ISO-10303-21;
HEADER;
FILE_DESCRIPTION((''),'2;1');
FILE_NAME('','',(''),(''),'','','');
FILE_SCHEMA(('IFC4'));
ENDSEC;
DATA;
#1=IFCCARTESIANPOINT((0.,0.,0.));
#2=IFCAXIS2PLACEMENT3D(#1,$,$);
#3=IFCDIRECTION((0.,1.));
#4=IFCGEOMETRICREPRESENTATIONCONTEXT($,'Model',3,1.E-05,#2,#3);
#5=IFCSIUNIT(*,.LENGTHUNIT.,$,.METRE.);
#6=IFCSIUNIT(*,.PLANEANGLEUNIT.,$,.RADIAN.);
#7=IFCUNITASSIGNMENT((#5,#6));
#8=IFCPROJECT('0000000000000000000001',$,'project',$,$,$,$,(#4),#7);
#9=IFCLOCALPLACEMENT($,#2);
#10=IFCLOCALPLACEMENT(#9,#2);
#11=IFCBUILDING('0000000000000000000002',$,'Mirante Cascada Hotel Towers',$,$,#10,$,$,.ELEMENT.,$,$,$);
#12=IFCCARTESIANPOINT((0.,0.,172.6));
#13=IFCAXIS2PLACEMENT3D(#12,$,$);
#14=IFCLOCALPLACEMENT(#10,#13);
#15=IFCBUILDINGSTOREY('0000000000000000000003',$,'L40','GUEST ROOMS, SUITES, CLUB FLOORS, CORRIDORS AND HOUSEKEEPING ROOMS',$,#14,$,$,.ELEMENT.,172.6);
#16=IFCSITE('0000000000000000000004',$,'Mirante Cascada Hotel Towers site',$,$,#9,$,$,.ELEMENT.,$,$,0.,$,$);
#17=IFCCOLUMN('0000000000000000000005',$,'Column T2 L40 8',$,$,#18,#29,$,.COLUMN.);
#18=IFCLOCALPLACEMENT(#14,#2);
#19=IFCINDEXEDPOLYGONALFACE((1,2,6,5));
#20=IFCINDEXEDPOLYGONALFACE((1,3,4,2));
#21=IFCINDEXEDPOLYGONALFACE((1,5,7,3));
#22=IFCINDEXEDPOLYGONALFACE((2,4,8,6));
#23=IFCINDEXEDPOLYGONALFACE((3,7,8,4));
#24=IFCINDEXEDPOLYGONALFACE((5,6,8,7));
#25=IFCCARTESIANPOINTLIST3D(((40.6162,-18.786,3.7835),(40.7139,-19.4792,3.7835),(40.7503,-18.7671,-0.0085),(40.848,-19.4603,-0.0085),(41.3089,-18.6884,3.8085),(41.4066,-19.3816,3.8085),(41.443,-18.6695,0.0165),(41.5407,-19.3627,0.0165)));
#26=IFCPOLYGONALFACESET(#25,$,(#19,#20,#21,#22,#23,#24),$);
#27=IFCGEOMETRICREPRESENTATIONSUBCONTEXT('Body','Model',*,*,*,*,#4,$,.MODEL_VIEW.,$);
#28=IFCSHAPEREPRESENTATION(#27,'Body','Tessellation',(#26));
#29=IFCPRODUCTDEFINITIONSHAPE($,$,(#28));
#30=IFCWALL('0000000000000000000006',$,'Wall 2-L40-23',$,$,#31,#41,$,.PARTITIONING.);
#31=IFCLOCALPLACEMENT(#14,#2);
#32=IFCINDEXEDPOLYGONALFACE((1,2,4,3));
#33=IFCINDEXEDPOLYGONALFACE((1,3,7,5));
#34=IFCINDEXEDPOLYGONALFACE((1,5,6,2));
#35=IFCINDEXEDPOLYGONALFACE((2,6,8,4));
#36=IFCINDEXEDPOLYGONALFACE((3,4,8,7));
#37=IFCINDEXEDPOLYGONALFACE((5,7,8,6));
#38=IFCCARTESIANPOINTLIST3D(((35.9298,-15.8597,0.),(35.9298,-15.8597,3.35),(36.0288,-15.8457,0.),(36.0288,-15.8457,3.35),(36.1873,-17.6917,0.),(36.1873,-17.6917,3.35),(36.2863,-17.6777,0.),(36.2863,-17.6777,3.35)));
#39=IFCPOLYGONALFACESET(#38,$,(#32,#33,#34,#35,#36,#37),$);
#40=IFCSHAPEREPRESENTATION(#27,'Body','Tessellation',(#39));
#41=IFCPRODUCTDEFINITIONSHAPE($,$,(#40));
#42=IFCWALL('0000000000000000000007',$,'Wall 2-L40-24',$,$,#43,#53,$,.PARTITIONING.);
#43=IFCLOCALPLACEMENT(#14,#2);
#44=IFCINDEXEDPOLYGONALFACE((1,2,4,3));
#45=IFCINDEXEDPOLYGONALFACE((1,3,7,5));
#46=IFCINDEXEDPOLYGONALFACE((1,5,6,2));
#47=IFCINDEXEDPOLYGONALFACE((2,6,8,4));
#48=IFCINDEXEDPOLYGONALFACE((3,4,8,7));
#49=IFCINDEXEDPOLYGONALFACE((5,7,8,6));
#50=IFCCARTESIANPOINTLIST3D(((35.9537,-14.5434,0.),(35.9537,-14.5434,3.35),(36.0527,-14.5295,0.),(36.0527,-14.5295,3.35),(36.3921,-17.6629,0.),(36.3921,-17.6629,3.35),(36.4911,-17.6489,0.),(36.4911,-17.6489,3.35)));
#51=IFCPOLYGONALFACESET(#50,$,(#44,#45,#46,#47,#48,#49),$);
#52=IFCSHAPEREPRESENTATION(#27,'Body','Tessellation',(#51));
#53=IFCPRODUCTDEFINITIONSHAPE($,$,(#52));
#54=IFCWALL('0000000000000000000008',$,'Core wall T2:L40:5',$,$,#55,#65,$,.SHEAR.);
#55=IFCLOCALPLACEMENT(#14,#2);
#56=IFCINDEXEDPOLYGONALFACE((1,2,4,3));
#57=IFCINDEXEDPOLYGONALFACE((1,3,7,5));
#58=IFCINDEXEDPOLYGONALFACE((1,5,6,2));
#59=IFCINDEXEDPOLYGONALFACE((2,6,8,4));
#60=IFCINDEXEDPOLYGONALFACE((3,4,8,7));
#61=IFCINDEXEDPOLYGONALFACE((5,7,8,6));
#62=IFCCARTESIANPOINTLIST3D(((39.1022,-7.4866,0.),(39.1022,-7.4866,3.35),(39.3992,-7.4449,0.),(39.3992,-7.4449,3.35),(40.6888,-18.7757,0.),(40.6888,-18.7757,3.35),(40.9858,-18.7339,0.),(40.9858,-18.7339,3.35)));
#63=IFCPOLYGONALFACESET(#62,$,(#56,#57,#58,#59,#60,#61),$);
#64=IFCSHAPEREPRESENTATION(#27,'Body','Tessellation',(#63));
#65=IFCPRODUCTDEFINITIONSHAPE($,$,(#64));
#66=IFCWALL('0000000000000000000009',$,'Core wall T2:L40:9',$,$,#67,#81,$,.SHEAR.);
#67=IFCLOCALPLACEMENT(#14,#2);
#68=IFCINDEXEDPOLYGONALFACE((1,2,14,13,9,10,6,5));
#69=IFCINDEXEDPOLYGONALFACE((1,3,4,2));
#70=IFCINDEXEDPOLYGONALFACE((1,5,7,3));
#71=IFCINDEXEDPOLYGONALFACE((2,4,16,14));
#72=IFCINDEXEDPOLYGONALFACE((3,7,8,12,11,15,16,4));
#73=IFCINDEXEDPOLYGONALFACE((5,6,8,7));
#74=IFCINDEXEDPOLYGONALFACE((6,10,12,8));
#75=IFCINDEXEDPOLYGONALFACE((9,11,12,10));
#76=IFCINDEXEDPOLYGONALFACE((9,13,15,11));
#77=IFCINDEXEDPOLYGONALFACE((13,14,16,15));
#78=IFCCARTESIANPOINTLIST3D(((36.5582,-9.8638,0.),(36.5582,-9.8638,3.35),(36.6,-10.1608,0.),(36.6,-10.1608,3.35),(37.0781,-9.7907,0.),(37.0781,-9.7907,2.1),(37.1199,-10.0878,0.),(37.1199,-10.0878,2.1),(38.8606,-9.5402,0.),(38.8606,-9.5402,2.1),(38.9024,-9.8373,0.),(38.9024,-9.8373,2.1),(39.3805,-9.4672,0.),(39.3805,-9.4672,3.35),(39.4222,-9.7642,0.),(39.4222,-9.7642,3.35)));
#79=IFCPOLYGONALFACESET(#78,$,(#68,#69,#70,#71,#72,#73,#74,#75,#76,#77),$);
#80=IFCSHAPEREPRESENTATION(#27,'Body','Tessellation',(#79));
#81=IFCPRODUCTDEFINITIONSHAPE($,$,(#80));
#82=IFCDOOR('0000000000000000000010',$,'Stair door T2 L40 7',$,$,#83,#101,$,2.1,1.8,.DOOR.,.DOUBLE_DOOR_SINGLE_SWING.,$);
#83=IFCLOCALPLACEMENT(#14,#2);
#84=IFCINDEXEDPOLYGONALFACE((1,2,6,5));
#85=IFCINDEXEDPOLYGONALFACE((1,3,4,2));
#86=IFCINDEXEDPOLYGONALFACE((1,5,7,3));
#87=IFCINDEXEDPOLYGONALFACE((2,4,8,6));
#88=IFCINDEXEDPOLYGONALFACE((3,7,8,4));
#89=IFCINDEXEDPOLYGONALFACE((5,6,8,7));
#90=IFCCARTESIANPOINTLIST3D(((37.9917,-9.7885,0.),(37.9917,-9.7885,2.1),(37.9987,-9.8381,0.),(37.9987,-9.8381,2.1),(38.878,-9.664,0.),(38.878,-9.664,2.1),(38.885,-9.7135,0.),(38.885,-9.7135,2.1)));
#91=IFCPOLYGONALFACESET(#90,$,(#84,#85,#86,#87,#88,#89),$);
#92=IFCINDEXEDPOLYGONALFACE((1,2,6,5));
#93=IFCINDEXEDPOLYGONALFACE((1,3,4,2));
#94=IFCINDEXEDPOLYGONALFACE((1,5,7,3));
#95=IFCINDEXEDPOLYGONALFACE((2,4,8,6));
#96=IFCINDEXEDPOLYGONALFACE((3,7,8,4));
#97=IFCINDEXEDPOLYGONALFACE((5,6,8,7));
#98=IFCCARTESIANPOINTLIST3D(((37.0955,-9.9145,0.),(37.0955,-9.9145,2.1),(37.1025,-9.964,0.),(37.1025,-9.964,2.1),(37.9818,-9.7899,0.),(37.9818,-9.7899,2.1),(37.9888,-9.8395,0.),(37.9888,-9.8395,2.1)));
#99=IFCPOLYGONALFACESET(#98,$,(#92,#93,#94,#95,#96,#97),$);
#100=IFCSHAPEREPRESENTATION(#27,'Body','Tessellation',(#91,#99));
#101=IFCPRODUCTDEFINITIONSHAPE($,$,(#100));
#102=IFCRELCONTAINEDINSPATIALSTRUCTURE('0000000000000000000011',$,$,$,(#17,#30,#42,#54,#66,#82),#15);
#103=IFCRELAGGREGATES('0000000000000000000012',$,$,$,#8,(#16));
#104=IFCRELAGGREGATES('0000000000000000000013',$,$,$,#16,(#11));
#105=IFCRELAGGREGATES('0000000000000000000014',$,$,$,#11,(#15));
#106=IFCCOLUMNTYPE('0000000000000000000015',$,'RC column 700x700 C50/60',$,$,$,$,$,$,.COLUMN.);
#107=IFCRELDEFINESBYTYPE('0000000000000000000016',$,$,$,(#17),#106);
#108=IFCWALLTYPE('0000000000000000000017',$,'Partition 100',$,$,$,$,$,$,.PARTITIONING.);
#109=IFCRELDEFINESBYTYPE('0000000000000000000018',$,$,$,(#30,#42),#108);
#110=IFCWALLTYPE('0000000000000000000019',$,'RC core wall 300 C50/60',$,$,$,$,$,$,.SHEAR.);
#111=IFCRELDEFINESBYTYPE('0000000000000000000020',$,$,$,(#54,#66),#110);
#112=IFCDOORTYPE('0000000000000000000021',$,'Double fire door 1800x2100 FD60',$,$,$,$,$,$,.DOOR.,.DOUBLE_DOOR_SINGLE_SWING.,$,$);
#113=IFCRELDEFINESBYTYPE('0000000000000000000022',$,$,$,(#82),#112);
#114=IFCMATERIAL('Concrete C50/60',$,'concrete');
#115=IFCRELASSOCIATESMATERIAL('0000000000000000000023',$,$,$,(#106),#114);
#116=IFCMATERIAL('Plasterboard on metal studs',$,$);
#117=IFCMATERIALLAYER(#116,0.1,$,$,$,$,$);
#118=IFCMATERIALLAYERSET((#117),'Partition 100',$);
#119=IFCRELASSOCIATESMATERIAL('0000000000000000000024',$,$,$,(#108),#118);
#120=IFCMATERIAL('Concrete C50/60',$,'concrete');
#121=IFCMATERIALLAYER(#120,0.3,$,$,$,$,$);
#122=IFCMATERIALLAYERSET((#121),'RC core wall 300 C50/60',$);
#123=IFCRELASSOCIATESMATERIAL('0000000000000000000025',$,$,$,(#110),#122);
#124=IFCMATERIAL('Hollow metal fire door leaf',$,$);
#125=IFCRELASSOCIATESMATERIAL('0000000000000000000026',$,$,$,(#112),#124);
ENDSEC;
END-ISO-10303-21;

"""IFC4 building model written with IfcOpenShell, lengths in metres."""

from ifc_helpers import new_model, si_unit, direction, frame, frame_2d, origin, origin_2d, place, context, subcontext, project, spatial, rectangle, extrude, material, layer, layer_set, material_profile, profile_set, type_object, element, fill, save


model = new_model("IFC4")

# Units and contexts
model_context = context("Model", 3, precision=1e-05, world=origin(), true_north=direction((0.0, 1.0)))
body_context = subcontext(model_context, "Body", "Model", "MODEL_VIEW")
ifc_project = project(units=[si_unit("LENGTHUNIT", "METRE"), si_unit("PLANEANGLEUNIT", "RADIAN")], contexts=[model_context])

# Site, building, storey
site_placement = place(None, origin())
site = spatial("IfcSite", under=ifc_project, at=site_placement, Name="Mirante Cascada Hotel Towers site", CompositionType="ELEMENT", RefElevation=0.0)
building_placement = place(site_placement, origin())
building = spatial("IfcBuilding", under=site, at=building_placement, Name="Mirante Cascada Hotel Towers", CompositionType="ELEMENT")
storey_placement = place(building_placement, frame((0.0, 0.0, 172.6)))
storey = spatial("IfcBuildingStorey", under=building, at=storey_placement, Name="L40", Description="GUEST ROOMS, SUITES, CLUB FLOORS, CORRIDORS AND HOUSEKEEPING ROOMS", CompositionType="ELEMENT", Elevation=172.6)

# Column
ifc_material_1 = material(Name="Concrete C50/60", Category="concrete")
ifc_material_profile = material_profile(ifc_material_1, rectangle(XDim=0.7, YDim=0.7, at=origin_2d()), Name="RC column 700x700 C50/60")
ifc_profile_set = profile_set([ifc_material_profile], Name="Concrete C50/60")
column_type = type_object("IfcColumnType", Name="RC column 700x700 C50/60", PredefinedType="COLUMN", material=ifc_profile_set)
column_placement = place(storey_placement, frame((41.1455, -19.0649, 0.004), z_axis=(-0.035341, -0.004981, 0.999363), x_axis=(0.13956, -0.990214, 0.0)))
element("IfcColumn", 1, at=column_placement, inside=storey, type_object=column_type, Name="Column T2 L40 8", PredefinedType="COLUMN", context=body_context, shape_type="SweptSolid", body=[
    extrude(rectangle(XDim=0.7, YDim=0.7, at=origin_2d()), origin(), (0.0, 0.0, 1.0), 3.7944),
])

# Walls
ifc_material_2 = material(Name="Plasterboard on metal studs")
ifc_layer_1 = layer(ifc_material_2, 0.1)
ifc_layer_set_1 = layer_set([ifc_layer_1], Name="Partition 100")
wall_type_1 = type_object("IfcWallType", Name="Partition 100", PredefinedType="PARTITIONING", material=ifc_layer_set_1)
wall_1_placement = place(storey_placement, frame((36.2368, -17.6847, 0.0), z_axis=(0.0, 0.0, 1.0), x_axis=(-0.139189, 0.990266, 0.0)))
element("IfcWall", 2, at=wall_1_placement, inside=storey, type_object=wall_type_1, Name="Wall 2-L40-23", PredefinedType="PARTITIONING", context=body_context, shape_type="SweptSolid", body=[
    extrude(rectangle(XDim=1.85, YDim=0.1, at=frame_2d((0.925, 0.0))), origin(), (0.0, 0.0, 1.0), 3.35),
])
wall_2_placement = place(storey_placement, frame((36.0032, -14.5365, 0.0), z_axis=(0.0, 0.0, 1.0), x_axis=(0.139172, -0.990268, 0.0)))
element("IfcWall", 3, at=wall_2_placement, inside=storey, type_object=wall_type_1, Name="Wall 2-L40-24", PredefinedType="PARTITIONING", context=body_context, shape_type="SweptSolid", body=[
    extrude(rectangle(XDim=3.1501, YDim=0.1, at=frame_2d((1.575, 0.0))), origin(), (0.0, 0.0, 1.0), 3.35),
])
ifc_material_3 = material(Name="Concrete C50/60", Category="concrete")
ifc_layer_2 = layer(ifc_material_3, 0.3)
ifc_layer_set_2 = layer_set([ifc_layer_2], Name="RC core wall 300 C50/60")
wall_type_2 = type_object("IfcWallType", Name="RC core wall 300 C50/60", PredefinedType="SHEAR", material=ifc_layer_set_2)
wall_3_placement = place(storey_placement, frame((40.8373, -18.7548, 0.0), z_axis=(0.0, 0.0, 1.0), x_axis=(-0.139175, 0.990268, 0.0)))
element("IfcWall", 4, at=wall_3_placement, inside=storey, type_object=wall_type_2, Name="Core wall T2:L40:5", PredefinedType="SHEAR", context=body_context, shape_type="SweptSolid", body=[
    extrude(rectangle(XDim=11.4, YDim=0.3, at=frame_2d((5.7, 0.0))), origin(), (0.0, 0.0, 1.0), 3.35),
])

# Wall, opening, door
wall_4_placement = place(storey_placement, frame((36.5791, -10.0123, 0.0), z_axis=(0.0, 0.0, 1.0), x_axis=(0.99027, 0.139156, 0.0)))
wall_4 = element("IfcWall", 5, at=wall_4_placement, inside=storey, type_object=wall_type_2, Name="Core wall T2:L40:9", PredefinedType="SHEAR", context=body_context, shape_type="SweptSolid", body=[
    extrude(rectangle(XDim=2.85, YDim=0.3, at=frame_2d((1.425, 0.0))), origin(), (0.0, 0.0, 1.0), 3.35),
])
opening_1_placement = place(wall_4_placement, frame((0.525, 0.0, 0.0)))
opening_1 = element("IfcOpeningElement", 6, at=opening_1_placement, cuts=wall_4, PredefinedType="OPENING", context=body_context, shape_type="SweptSolid", body=[
    extrude(rectangle(XDim=1.8, YDim=2.1, at=frame_2d((0.9, 1.05))), frame((0.0, 0.15, 0.0), z_axis=(0.0, -1.0, 0.0), x_axis=(1.0, 0.0, 0.0)), (0.0, 0.0, 1.0), 0.3),
])
ifc_material_4 = material(Name="Hollow metal fire door leaf")
door_type_1 = type_object("IfcDoorType", Name="Double fire door 1800x2100 FD60", OperationType="DOUBLE_DOOR_SINGLE_SWING", PredefinedType="DOOR", material=ifc_material_4)
door_1_placement = place(opening_1_placement, frame((1.8, 0.0, 0.0), z_axis=(0.0, 0.0, 1.0), x_axis=(-1.0, 0.0, 0.0)))
door_1 = element("IfcDoor", 7, at=door_1_placement, inside=storey, type_object=door_type_1, Name="Stair door T2 L40 7", OperationType="DOUBLE_DOOR_SINGLE_SWING", OverallHeight=2.1, OverallWidth=1.8, PredefinedType="DOOR", context=body_context, shape_type="SweptSolid", body=[
    extrude(rectangle(XDim=0.895, YDim=2.1, at=frame_2d((0.4475, 1.05))), frame((0.0, 0.025, 0.0), z_axis=(0.0, -1.0, 0.0), x_axis=(1.0, 0.0, 0.0)), (0.0, 0.0, 1.0), 0.05),
    extrude(rectangle(XDim=0.895, YDim=2.1, at=frame_2d((1.3525, 1.05))), frame((0.0, 0.025, 0.0), z_axis=(0.0, -1.0, 0.0), x_axis=(1.0, 0.0, 0.0)), (0.0, 0.0, 1.0), 0.05),
])
fill(opening_1, door_1)

save(model, "model.ifc")
